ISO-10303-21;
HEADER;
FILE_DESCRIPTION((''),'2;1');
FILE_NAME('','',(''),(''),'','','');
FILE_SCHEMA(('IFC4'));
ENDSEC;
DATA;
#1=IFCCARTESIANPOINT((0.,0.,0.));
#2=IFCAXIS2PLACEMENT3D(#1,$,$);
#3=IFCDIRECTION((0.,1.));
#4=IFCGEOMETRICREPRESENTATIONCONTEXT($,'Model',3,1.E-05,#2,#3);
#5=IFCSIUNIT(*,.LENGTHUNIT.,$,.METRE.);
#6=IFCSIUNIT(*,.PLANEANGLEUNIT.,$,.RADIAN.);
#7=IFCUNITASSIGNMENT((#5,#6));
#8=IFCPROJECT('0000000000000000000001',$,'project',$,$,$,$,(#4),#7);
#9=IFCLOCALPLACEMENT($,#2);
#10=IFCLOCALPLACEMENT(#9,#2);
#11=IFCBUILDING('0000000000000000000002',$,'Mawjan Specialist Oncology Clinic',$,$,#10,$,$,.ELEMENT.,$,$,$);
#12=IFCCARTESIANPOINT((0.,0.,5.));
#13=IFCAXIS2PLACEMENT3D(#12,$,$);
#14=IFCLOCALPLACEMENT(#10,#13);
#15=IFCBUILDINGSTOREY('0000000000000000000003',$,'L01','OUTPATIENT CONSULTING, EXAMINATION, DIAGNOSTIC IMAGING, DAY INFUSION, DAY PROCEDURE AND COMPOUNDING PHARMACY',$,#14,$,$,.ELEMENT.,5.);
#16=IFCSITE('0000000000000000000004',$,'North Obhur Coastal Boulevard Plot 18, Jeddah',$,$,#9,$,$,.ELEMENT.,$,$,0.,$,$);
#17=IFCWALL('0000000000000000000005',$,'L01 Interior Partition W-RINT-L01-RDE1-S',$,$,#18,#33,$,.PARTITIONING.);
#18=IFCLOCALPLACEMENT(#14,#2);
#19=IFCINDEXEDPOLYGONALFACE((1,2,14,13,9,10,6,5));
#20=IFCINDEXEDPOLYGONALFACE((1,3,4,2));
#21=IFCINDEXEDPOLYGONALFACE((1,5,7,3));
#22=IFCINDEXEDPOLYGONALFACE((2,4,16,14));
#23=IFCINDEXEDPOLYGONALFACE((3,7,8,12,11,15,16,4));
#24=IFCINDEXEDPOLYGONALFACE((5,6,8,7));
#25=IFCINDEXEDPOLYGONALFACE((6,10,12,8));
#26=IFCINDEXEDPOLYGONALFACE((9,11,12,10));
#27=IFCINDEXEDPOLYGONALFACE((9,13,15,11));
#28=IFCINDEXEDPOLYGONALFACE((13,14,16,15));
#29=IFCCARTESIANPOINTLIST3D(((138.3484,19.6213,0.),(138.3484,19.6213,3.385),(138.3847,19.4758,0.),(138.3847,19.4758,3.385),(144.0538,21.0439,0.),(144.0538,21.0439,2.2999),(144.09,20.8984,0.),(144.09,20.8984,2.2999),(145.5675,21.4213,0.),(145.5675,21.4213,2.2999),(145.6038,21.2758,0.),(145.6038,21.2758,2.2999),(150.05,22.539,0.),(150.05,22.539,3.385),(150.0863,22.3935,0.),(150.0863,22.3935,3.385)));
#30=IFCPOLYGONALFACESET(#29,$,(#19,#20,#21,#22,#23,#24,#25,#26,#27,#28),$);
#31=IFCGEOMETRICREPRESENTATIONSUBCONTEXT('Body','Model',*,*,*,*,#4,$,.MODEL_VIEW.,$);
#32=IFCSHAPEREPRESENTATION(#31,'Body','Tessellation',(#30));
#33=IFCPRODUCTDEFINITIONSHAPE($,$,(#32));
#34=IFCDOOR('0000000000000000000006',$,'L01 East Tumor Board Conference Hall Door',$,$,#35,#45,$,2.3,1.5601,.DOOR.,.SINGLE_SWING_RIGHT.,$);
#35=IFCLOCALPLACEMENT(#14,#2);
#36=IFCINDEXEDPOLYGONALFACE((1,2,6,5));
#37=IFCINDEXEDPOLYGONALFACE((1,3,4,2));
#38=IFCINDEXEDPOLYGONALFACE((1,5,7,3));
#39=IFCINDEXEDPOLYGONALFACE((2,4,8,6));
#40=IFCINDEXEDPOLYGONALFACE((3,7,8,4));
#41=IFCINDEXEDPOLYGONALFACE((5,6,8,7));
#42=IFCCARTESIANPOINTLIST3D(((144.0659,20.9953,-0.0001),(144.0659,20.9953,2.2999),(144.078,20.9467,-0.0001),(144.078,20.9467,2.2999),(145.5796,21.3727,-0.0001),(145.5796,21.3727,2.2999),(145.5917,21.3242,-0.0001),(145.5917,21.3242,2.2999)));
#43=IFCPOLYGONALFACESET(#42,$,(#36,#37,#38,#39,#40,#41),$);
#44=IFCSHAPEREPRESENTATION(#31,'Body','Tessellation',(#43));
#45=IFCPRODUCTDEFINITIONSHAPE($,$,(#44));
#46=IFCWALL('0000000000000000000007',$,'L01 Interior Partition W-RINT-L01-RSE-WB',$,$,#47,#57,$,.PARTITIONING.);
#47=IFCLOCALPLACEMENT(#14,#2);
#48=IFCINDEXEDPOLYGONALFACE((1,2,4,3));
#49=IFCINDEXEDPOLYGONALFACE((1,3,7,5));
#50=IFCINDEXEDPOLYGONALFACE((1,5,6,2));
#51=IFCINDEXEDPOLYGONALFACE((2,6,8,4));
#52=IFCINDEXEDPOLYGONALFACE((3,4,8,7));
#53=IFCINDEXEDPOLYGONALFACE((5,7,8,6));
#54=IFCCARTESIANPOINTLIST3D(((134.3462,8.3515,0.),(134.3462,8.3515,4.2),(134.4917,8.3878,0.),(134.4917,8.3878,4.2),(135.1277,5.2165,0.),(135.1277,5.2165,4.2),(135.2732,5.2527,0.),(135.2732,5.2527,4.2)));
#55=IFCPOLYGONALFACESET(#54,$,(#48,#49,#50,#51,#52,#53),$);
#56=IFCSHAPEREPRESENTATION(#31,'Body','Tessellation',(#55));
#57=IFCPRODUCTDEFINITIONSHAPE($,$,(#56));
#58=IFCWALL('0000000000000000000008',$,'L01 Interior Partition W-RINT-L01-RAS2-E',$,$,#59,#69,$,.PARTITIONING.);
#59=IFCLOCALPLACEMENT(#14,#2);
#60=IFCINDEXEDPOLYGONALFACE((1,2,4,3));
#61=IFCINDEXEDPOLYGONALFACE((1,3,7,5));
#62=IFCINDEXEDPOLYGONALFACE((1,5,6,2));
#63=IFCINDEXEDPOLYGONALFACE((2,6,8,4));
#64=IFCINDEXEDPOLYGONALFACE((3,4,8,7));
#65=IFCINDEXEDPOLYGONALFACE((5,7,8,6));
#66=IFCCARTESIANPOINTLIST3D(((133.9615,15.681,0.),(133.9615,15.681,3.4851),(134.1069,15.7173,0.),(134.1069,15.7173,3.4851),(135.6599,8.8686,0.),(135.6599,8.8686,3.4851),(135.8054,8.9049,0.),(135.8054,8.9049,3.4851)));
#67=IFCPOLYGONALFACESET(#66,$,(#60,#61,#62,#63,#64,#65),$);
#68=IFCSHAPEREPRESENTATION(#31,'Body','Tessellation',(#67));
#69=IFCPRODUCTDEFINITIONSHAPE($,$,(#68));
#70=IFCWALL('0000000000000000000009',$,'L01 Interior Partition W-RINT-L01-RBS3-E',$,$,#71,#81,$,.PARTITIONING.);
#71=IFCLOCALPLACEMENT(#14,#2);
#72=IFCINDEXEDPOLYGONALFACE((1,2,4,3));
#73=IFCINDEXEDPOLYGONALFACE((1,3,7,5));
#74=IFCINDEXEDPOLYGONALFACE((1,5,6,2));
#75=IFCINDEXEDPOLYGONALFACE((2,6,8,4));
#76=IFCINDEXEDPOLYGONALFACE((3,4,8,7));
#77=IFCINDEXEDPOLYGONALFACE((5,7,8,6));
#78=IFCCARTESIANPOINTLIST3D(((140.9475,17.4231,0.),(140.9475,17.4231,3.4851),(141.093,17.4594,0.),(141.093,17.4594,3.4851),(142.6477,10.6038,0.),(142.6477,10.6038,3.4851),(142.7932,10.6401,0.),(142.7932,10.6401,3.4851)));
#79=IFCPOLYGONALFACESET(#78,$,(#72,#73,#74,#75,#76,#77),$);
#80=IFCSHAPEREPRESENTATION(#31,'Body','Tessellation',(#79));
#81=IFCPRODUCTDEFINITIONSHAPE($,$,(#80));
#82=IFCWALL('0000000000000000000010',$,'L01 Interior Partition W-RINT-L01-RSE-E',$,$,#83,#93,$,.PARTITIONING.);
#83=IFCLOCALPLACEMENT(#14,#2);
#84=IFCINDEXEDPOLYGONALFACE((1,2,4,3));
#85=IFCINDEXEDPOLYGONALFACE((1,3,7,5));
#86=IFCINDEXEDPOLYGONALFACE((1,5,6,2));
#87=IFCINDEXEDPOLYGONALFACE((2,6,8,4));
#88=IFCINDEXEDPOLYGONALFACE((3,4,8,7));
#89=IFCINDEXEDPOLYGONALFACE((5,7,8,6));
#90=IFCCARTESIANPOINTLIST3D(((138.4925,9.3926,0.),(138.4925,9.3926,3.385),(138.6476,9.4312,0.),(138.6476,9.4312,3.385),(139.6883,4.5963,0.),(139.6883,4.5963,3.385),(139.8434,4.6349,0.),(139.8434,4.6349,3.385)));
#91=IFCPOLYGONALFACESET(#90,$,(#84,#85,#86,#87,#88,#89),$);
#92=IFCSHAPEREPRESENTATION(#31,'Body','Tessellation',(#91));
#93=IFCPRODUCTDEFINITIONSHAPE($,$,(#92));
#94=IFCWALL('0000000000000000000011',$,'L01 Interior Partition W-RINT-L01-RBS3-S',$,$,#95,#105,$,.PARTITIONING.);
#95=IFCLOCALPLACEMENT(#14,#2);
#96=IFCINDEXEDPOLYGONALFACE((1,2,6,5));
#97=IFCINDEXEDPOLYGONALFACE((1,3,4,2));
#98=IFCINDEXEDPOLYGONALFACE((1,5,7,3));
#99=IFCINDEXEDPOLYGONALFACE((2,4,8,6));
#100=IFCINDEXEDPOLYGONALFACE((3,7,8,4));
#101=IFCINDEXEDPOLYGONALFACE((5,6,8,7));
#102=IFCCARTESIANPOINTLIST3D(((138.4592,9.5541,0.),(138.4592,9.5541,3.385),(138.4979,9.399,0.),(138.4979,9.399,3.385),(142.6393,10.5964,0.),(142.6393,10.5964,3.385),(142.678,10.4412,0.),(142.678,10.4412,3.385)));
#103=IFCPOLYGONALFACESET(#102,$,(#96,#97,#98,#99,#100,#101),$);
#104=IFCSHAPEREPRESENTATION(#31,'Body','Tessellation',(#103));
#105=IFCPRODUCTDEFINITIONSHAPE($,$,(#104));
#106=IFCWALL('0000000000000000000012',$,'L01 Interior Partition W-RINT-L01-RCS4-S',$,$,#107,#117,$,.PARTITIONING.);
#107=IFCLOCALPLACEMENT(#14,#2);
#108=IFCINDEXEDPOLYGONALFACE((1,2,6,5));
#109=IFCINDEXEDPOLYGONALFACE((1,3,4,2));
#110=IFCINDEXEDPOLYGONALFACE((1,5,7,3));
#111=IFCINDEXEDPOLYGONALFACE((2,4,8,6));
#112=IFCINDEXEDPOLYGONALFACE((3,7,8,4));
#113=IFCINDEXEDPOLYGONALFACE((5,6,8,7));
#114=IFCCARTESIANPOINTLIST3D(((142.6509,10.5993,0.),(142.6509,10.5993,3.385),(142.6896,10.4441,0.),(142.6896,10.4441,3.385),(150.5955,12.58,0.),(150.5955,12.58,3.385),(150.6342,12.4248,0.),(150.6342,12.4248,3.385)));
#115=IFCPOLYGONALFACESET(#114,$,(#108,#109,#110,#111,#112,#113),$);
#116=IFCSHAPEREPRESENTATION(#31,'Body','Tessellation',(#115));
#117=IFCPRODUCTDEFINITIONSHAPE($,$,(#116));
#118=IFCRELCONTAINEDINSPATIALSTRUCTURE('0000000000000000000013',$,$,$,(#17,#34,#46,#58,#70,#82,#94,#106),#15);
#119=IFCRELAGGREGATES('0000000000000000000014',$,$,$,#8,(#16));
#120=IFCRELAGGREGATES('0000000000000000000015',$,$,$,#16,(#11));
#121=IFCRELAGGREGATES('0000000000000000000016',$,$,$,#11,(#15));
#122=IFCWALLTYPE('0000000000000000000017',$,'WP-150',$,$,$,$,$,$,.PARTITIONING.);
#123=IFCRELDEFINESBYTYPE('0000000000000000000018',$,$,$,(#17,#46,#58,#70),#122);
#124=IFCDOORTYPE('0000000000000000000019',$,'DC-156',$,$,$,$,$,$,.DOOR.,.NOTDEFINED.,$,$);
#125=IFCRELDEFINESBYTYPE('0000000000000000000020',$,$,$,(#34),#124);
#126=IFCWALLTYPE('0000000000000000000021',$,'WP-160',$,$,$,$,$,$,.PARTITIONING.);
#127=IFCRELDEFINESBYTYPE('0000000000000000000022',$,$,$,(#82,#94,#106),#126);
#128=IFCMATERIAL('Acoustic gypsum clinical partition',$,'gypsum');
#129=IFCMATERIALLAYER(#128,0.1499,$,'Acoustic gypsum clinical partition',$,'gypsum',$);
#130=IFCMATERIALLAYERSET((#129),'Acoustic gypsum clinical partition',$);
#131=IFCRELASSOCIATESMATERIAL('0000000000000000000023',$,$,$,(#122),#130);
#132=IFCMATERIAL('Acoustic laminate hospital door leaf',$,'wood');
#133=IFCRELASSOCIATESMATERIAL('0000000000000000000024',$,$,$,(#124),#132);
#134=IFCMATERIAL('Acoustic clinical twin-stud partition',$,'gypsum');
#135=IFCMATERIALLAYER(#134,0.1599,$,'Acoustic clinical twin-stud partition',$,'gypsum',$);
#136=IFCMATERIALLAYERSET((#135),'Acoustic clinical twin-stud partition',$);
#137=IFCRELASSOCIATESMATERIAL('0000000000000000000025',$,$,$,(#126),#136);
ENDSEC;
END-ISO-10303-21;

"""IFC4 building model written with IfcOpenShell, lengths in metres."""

from ifc_helpers import new_model, si_unit, direction, frame, frame_2d, origin, place, context, subcontext, project, spatial, rectangle, extrude, material, layer, layer_set, type_object, element, fill, save


model = new_model("IFC4")

# Units and contexts
model_context = context("Model", 3, precision=1e-05, world=origin(), true_north=direction((0.0, 1.0)))
body_context = subcontext(model_context, "Body", "Model", "MODEL_VIEW")
ifc_project = project(units=[si_unit("LENGTHUNIT", "METRE"), si_unit("PLANEANGLEUNIT", "RADIAN")], contexts=[model_context])

# Site, building, storey
site_placement = place(None, origin())
site = spatial("IfcSite", under=ifc_project, at=site_placement, Name="North Obhur Coastal Boulevard Plot 18, Jeddah", CompositionType="ELEMENT", RefElevation=0.0)
building_placement = place(site_placement, origin())
building = spatial("IfcBuilding", under=site, at=building_placement, Name="Mawjan Specialist Oncology Clinic", CompositionType="ELEMENT")
storey_placement = place(building_placement, frame((0.0, 0.0, 5.0)))
storey = spatial("IfcBuildingStorey", under=building, at=storey_placement, Name="L01", Description="OUTPATIENT CONSULTING, EXAMINATION, DIAGNOSTIC IMAGING, DAY INFUSION, DAY PROCEDURE AND COMPOUNDING PHARMACY", CompositionType="ELEMENT", Elevation=5.0)

# Wall, opening, door
ifc_material_1 = material(Name="Acoustic gypsum clinical partition", Category="gypsum")
ifc_layer_1 = layer(ifc_material_1, 0.1499, Name="Acoustic gypsum clinical partition", Category="gypsum")
ifc_layer_set_1 = layer_set([ifc_layer_1], Name="Acoustic gypsum clinical partition")
wall_type_1 = type_object("IfcWallType", Name="WP-150", PredefinedType="PARTITIONING", material=ifc_layer_set_1)
wall_1_placement = place(storey_placement, frame((138.3667, 19.5486, 0.0), z_axis=(0.0, 0.0, 1.0), x_axis=(0.970292, 0.241935, 0.0)))
wall_1 = element("IfcWall", 1, at=wall_1_placement, inside=storey, type_object=wall_type_1, Name="L01 Interior Partition W-RINT-L01-RDE1-S", PredefinedType="PARTITIONING", context=body_context, shape_type="SweptSolid", body=[
    extrude(rectangle(XDim=12.0598, YDim=0.1499, at=frame_2d((6.0298, 0.0))), origin(), (0.0, 0.0, 1.0), 3.385),
])
opening_1_placement = place(wall_1_placement, frame((5.8799, 0.0, 0.0)))
opening_1 = element("IfcOpeningElement", 2, at=opening_1_placement, cuts=wall_1, PredefinedType="OPENING", context=body_context, shape_type="SweptSolid", body=[
    extrude(rectangle(XDim=1.5601, YDim=2.3, at=frame_2d((0.78, 1.1499))), frame((0.0, 0.0869, 0.0), z_axis=(0.0, -1.0, 0.0), x_axis=(1.0, 0.0, 0.0)), (0.0, 0.0, 1.0), 0.1738),
])
ifc_material_2 = material(Name="Acoustic laminate hospital door leaf", Category="wood")
door_type_1 = type_object("IfcDoorType", Name="DC-156", OperationType="NOTDEFINED", PredefinedType="DOOR", material=ifc_material_2)
door_1_placement = place(opening_1_placement, origin())
door_1 = element("IfcDoor", 3, at=door_1_placement, inside=storey, type_object=door_type_1, Name="L01 East Tumor Board Conference Hall Door", OperationType="SINGLE_SWING_RIGHT", OverallHeight=2.3, OverallWidth=1.5601, PredefinedType="DOOR", context=body_context, shape_type="SweptSolid", body=[
    extrude(rectangle(XDim=1.5601, YDim=2.3, at=frame_2d((0.78, 1.1499))), frame((0.0, 0.0249, 0.0), z_axis=(0.0, -1.0, 0.0), x_axis=(1.0, 0.0, 0.0)), (0.0, 0.0, 1.0), 0.05),
])
fill(opening_1, door_1)

# Walls
wall_2_placement = place(storey_placement, frame((135.2004, 5.2346, 0.0), z_axis=(0.0, 0.0, 1.0), x_axis=(-0.241878, 0.970307, 0.0)))
element("IfcWall", 4, at=wall_2_placement, inside=storey, type_object=wall_type_1, Name="L01 Interior Partition W-RINT-L01-RSE-WB", PredefinedType="PARTITIONING", context=body_context, shape_type="SweptSolid", body=[
    extrude(rectangle(XDim=3.231, YDim=0.1499, at=frame_2d((1.6155, 0.0))), origin(), (0.0, 0.0, 1.0), 4.2),
])
wall_3_placement = place(storey_placement, frame((135.7327, 8.8867, 0.0), z_axis=(0.0, 0.0, 1.0), x_axis=(-0.241914, 0.970298, 0.0)))
element("IfcWall", 5, at=wall_3_placement, inside=storey, type_object=wall_type_1, Name="L01 Interior Partition W-RINT-L01-RAS2-E", PredefinedType="PARTITIONING", context=body_context, shape_type="SweptSolid", body=[
    extrude(rectangle(XDim=7.021, YDim=0.1499, at=frame_2d((3.5105, 0.0))), origin(), (0.0, 0.0, 1.0), 3.4851),
])
wall_4_placement = place(storey_placement, frame((142.7205, 10.6218, 0.0), z_axis=(0.0, 0.0, 1.0), x_axis=(-0.241914, 0.970298, 0.0)))
element("IfcWall", 6, at=wall_4_placement, inside=storey, type_object=wall_type_1, Name="L01 Interior Partition W-RINT-L01-RBS3-E", PredefinedType="PARTITIONING", context=body_context, shape_type="SweptSolid", body=[
    extrude(rectangle(XDim=7.0281, YDim=0.1499, at=frame_2d((3.5142, 0.0))), origin(), (0.0, 0.0, 1.0), 3.4851),
])
ifc_material_3 = material(Name="Acoustic clinical twin-stud partition", Category="gypsum")
ifc_layer_2 = layer(ifc_material_3, 0.1599, Name="Acoustic clinical twin-stud partition", Category="gypsum")
ifc_layer_set_2 = layer_set([ifc_layer_2], Name="Acoustic clinical twin-stud partition")
wall_type_2 = type_object("IfcWallType", Name="WP-160", PredefinedType="PARTITIONING", material=ifc_layer_set_2)
wall_5_placement = place(storey_placement, frame((139.7659, 4.6155, 0.0), z_axis=(0.0, 0.0, 1.0), x_axis=(-0.241908, 0.970299, 0.0)))
element("IfcWall", 7, at=wall_5_placement, inside=storey, type_object=wall_type_2, Name="L01 Interior Partition W-RINT-L01-RSE-E", PredefinedType="PARTITIONING", context=body_context, shape_type="SweptSolid", body=[
    extrude(rectangle(XDim=4.9431, YDim=0.1599, at=frame_2d((2.4717, 0.0))), origin(), (0.0, 0.0, 1.0), 3.385),
])
wall_6_placement = place(storey_placement, frame((138.4785, 9.4766, 0.0), z_axis=(0.0, 0.0, 1.0), x_axis=(0.970296, 0.241922, 0.0)))
element("IfcWall", 8, at=wall_6_placement, inside=storey, type_object=wall_type_2, Name="L01 Interior Partition W-RINT-L01-RBS3-S", PredefinedType="PARTITIONING", context=body_context, shape_type="SweptSolid", body=[
    extrude(rectangle(XDim=4.3081, YDim=0.1599, at=frame_2d((2.1541, 0.0))), origin(), (0.0, 0.0, 1.0), 3.385),
])
wall_7_placement = place(storey_placement, frame((142.6704, 10.5217, 0.0), z_axis=(0.0, 0.0, 1.0), x_axis=(0.970298, 0.241911, 0.0)))
element("IfcWall", 9, at=wall_7_placement, inside=storey, type_object=wall_type_2, Name="L01 Interior Partition W-RINT-L01-RCS4-S", PredefinedType="PARTITIONING", context=body_context, shape_type="SweptSolid", body=[
    extrude(rectangle(XDim=8.1877, YDim=0.1599, at=frame_2d((4.0938, 0.0))), origin(), (0.0, 0.0, 1.0), 3.385),
])

save(model, "model.ifc")
